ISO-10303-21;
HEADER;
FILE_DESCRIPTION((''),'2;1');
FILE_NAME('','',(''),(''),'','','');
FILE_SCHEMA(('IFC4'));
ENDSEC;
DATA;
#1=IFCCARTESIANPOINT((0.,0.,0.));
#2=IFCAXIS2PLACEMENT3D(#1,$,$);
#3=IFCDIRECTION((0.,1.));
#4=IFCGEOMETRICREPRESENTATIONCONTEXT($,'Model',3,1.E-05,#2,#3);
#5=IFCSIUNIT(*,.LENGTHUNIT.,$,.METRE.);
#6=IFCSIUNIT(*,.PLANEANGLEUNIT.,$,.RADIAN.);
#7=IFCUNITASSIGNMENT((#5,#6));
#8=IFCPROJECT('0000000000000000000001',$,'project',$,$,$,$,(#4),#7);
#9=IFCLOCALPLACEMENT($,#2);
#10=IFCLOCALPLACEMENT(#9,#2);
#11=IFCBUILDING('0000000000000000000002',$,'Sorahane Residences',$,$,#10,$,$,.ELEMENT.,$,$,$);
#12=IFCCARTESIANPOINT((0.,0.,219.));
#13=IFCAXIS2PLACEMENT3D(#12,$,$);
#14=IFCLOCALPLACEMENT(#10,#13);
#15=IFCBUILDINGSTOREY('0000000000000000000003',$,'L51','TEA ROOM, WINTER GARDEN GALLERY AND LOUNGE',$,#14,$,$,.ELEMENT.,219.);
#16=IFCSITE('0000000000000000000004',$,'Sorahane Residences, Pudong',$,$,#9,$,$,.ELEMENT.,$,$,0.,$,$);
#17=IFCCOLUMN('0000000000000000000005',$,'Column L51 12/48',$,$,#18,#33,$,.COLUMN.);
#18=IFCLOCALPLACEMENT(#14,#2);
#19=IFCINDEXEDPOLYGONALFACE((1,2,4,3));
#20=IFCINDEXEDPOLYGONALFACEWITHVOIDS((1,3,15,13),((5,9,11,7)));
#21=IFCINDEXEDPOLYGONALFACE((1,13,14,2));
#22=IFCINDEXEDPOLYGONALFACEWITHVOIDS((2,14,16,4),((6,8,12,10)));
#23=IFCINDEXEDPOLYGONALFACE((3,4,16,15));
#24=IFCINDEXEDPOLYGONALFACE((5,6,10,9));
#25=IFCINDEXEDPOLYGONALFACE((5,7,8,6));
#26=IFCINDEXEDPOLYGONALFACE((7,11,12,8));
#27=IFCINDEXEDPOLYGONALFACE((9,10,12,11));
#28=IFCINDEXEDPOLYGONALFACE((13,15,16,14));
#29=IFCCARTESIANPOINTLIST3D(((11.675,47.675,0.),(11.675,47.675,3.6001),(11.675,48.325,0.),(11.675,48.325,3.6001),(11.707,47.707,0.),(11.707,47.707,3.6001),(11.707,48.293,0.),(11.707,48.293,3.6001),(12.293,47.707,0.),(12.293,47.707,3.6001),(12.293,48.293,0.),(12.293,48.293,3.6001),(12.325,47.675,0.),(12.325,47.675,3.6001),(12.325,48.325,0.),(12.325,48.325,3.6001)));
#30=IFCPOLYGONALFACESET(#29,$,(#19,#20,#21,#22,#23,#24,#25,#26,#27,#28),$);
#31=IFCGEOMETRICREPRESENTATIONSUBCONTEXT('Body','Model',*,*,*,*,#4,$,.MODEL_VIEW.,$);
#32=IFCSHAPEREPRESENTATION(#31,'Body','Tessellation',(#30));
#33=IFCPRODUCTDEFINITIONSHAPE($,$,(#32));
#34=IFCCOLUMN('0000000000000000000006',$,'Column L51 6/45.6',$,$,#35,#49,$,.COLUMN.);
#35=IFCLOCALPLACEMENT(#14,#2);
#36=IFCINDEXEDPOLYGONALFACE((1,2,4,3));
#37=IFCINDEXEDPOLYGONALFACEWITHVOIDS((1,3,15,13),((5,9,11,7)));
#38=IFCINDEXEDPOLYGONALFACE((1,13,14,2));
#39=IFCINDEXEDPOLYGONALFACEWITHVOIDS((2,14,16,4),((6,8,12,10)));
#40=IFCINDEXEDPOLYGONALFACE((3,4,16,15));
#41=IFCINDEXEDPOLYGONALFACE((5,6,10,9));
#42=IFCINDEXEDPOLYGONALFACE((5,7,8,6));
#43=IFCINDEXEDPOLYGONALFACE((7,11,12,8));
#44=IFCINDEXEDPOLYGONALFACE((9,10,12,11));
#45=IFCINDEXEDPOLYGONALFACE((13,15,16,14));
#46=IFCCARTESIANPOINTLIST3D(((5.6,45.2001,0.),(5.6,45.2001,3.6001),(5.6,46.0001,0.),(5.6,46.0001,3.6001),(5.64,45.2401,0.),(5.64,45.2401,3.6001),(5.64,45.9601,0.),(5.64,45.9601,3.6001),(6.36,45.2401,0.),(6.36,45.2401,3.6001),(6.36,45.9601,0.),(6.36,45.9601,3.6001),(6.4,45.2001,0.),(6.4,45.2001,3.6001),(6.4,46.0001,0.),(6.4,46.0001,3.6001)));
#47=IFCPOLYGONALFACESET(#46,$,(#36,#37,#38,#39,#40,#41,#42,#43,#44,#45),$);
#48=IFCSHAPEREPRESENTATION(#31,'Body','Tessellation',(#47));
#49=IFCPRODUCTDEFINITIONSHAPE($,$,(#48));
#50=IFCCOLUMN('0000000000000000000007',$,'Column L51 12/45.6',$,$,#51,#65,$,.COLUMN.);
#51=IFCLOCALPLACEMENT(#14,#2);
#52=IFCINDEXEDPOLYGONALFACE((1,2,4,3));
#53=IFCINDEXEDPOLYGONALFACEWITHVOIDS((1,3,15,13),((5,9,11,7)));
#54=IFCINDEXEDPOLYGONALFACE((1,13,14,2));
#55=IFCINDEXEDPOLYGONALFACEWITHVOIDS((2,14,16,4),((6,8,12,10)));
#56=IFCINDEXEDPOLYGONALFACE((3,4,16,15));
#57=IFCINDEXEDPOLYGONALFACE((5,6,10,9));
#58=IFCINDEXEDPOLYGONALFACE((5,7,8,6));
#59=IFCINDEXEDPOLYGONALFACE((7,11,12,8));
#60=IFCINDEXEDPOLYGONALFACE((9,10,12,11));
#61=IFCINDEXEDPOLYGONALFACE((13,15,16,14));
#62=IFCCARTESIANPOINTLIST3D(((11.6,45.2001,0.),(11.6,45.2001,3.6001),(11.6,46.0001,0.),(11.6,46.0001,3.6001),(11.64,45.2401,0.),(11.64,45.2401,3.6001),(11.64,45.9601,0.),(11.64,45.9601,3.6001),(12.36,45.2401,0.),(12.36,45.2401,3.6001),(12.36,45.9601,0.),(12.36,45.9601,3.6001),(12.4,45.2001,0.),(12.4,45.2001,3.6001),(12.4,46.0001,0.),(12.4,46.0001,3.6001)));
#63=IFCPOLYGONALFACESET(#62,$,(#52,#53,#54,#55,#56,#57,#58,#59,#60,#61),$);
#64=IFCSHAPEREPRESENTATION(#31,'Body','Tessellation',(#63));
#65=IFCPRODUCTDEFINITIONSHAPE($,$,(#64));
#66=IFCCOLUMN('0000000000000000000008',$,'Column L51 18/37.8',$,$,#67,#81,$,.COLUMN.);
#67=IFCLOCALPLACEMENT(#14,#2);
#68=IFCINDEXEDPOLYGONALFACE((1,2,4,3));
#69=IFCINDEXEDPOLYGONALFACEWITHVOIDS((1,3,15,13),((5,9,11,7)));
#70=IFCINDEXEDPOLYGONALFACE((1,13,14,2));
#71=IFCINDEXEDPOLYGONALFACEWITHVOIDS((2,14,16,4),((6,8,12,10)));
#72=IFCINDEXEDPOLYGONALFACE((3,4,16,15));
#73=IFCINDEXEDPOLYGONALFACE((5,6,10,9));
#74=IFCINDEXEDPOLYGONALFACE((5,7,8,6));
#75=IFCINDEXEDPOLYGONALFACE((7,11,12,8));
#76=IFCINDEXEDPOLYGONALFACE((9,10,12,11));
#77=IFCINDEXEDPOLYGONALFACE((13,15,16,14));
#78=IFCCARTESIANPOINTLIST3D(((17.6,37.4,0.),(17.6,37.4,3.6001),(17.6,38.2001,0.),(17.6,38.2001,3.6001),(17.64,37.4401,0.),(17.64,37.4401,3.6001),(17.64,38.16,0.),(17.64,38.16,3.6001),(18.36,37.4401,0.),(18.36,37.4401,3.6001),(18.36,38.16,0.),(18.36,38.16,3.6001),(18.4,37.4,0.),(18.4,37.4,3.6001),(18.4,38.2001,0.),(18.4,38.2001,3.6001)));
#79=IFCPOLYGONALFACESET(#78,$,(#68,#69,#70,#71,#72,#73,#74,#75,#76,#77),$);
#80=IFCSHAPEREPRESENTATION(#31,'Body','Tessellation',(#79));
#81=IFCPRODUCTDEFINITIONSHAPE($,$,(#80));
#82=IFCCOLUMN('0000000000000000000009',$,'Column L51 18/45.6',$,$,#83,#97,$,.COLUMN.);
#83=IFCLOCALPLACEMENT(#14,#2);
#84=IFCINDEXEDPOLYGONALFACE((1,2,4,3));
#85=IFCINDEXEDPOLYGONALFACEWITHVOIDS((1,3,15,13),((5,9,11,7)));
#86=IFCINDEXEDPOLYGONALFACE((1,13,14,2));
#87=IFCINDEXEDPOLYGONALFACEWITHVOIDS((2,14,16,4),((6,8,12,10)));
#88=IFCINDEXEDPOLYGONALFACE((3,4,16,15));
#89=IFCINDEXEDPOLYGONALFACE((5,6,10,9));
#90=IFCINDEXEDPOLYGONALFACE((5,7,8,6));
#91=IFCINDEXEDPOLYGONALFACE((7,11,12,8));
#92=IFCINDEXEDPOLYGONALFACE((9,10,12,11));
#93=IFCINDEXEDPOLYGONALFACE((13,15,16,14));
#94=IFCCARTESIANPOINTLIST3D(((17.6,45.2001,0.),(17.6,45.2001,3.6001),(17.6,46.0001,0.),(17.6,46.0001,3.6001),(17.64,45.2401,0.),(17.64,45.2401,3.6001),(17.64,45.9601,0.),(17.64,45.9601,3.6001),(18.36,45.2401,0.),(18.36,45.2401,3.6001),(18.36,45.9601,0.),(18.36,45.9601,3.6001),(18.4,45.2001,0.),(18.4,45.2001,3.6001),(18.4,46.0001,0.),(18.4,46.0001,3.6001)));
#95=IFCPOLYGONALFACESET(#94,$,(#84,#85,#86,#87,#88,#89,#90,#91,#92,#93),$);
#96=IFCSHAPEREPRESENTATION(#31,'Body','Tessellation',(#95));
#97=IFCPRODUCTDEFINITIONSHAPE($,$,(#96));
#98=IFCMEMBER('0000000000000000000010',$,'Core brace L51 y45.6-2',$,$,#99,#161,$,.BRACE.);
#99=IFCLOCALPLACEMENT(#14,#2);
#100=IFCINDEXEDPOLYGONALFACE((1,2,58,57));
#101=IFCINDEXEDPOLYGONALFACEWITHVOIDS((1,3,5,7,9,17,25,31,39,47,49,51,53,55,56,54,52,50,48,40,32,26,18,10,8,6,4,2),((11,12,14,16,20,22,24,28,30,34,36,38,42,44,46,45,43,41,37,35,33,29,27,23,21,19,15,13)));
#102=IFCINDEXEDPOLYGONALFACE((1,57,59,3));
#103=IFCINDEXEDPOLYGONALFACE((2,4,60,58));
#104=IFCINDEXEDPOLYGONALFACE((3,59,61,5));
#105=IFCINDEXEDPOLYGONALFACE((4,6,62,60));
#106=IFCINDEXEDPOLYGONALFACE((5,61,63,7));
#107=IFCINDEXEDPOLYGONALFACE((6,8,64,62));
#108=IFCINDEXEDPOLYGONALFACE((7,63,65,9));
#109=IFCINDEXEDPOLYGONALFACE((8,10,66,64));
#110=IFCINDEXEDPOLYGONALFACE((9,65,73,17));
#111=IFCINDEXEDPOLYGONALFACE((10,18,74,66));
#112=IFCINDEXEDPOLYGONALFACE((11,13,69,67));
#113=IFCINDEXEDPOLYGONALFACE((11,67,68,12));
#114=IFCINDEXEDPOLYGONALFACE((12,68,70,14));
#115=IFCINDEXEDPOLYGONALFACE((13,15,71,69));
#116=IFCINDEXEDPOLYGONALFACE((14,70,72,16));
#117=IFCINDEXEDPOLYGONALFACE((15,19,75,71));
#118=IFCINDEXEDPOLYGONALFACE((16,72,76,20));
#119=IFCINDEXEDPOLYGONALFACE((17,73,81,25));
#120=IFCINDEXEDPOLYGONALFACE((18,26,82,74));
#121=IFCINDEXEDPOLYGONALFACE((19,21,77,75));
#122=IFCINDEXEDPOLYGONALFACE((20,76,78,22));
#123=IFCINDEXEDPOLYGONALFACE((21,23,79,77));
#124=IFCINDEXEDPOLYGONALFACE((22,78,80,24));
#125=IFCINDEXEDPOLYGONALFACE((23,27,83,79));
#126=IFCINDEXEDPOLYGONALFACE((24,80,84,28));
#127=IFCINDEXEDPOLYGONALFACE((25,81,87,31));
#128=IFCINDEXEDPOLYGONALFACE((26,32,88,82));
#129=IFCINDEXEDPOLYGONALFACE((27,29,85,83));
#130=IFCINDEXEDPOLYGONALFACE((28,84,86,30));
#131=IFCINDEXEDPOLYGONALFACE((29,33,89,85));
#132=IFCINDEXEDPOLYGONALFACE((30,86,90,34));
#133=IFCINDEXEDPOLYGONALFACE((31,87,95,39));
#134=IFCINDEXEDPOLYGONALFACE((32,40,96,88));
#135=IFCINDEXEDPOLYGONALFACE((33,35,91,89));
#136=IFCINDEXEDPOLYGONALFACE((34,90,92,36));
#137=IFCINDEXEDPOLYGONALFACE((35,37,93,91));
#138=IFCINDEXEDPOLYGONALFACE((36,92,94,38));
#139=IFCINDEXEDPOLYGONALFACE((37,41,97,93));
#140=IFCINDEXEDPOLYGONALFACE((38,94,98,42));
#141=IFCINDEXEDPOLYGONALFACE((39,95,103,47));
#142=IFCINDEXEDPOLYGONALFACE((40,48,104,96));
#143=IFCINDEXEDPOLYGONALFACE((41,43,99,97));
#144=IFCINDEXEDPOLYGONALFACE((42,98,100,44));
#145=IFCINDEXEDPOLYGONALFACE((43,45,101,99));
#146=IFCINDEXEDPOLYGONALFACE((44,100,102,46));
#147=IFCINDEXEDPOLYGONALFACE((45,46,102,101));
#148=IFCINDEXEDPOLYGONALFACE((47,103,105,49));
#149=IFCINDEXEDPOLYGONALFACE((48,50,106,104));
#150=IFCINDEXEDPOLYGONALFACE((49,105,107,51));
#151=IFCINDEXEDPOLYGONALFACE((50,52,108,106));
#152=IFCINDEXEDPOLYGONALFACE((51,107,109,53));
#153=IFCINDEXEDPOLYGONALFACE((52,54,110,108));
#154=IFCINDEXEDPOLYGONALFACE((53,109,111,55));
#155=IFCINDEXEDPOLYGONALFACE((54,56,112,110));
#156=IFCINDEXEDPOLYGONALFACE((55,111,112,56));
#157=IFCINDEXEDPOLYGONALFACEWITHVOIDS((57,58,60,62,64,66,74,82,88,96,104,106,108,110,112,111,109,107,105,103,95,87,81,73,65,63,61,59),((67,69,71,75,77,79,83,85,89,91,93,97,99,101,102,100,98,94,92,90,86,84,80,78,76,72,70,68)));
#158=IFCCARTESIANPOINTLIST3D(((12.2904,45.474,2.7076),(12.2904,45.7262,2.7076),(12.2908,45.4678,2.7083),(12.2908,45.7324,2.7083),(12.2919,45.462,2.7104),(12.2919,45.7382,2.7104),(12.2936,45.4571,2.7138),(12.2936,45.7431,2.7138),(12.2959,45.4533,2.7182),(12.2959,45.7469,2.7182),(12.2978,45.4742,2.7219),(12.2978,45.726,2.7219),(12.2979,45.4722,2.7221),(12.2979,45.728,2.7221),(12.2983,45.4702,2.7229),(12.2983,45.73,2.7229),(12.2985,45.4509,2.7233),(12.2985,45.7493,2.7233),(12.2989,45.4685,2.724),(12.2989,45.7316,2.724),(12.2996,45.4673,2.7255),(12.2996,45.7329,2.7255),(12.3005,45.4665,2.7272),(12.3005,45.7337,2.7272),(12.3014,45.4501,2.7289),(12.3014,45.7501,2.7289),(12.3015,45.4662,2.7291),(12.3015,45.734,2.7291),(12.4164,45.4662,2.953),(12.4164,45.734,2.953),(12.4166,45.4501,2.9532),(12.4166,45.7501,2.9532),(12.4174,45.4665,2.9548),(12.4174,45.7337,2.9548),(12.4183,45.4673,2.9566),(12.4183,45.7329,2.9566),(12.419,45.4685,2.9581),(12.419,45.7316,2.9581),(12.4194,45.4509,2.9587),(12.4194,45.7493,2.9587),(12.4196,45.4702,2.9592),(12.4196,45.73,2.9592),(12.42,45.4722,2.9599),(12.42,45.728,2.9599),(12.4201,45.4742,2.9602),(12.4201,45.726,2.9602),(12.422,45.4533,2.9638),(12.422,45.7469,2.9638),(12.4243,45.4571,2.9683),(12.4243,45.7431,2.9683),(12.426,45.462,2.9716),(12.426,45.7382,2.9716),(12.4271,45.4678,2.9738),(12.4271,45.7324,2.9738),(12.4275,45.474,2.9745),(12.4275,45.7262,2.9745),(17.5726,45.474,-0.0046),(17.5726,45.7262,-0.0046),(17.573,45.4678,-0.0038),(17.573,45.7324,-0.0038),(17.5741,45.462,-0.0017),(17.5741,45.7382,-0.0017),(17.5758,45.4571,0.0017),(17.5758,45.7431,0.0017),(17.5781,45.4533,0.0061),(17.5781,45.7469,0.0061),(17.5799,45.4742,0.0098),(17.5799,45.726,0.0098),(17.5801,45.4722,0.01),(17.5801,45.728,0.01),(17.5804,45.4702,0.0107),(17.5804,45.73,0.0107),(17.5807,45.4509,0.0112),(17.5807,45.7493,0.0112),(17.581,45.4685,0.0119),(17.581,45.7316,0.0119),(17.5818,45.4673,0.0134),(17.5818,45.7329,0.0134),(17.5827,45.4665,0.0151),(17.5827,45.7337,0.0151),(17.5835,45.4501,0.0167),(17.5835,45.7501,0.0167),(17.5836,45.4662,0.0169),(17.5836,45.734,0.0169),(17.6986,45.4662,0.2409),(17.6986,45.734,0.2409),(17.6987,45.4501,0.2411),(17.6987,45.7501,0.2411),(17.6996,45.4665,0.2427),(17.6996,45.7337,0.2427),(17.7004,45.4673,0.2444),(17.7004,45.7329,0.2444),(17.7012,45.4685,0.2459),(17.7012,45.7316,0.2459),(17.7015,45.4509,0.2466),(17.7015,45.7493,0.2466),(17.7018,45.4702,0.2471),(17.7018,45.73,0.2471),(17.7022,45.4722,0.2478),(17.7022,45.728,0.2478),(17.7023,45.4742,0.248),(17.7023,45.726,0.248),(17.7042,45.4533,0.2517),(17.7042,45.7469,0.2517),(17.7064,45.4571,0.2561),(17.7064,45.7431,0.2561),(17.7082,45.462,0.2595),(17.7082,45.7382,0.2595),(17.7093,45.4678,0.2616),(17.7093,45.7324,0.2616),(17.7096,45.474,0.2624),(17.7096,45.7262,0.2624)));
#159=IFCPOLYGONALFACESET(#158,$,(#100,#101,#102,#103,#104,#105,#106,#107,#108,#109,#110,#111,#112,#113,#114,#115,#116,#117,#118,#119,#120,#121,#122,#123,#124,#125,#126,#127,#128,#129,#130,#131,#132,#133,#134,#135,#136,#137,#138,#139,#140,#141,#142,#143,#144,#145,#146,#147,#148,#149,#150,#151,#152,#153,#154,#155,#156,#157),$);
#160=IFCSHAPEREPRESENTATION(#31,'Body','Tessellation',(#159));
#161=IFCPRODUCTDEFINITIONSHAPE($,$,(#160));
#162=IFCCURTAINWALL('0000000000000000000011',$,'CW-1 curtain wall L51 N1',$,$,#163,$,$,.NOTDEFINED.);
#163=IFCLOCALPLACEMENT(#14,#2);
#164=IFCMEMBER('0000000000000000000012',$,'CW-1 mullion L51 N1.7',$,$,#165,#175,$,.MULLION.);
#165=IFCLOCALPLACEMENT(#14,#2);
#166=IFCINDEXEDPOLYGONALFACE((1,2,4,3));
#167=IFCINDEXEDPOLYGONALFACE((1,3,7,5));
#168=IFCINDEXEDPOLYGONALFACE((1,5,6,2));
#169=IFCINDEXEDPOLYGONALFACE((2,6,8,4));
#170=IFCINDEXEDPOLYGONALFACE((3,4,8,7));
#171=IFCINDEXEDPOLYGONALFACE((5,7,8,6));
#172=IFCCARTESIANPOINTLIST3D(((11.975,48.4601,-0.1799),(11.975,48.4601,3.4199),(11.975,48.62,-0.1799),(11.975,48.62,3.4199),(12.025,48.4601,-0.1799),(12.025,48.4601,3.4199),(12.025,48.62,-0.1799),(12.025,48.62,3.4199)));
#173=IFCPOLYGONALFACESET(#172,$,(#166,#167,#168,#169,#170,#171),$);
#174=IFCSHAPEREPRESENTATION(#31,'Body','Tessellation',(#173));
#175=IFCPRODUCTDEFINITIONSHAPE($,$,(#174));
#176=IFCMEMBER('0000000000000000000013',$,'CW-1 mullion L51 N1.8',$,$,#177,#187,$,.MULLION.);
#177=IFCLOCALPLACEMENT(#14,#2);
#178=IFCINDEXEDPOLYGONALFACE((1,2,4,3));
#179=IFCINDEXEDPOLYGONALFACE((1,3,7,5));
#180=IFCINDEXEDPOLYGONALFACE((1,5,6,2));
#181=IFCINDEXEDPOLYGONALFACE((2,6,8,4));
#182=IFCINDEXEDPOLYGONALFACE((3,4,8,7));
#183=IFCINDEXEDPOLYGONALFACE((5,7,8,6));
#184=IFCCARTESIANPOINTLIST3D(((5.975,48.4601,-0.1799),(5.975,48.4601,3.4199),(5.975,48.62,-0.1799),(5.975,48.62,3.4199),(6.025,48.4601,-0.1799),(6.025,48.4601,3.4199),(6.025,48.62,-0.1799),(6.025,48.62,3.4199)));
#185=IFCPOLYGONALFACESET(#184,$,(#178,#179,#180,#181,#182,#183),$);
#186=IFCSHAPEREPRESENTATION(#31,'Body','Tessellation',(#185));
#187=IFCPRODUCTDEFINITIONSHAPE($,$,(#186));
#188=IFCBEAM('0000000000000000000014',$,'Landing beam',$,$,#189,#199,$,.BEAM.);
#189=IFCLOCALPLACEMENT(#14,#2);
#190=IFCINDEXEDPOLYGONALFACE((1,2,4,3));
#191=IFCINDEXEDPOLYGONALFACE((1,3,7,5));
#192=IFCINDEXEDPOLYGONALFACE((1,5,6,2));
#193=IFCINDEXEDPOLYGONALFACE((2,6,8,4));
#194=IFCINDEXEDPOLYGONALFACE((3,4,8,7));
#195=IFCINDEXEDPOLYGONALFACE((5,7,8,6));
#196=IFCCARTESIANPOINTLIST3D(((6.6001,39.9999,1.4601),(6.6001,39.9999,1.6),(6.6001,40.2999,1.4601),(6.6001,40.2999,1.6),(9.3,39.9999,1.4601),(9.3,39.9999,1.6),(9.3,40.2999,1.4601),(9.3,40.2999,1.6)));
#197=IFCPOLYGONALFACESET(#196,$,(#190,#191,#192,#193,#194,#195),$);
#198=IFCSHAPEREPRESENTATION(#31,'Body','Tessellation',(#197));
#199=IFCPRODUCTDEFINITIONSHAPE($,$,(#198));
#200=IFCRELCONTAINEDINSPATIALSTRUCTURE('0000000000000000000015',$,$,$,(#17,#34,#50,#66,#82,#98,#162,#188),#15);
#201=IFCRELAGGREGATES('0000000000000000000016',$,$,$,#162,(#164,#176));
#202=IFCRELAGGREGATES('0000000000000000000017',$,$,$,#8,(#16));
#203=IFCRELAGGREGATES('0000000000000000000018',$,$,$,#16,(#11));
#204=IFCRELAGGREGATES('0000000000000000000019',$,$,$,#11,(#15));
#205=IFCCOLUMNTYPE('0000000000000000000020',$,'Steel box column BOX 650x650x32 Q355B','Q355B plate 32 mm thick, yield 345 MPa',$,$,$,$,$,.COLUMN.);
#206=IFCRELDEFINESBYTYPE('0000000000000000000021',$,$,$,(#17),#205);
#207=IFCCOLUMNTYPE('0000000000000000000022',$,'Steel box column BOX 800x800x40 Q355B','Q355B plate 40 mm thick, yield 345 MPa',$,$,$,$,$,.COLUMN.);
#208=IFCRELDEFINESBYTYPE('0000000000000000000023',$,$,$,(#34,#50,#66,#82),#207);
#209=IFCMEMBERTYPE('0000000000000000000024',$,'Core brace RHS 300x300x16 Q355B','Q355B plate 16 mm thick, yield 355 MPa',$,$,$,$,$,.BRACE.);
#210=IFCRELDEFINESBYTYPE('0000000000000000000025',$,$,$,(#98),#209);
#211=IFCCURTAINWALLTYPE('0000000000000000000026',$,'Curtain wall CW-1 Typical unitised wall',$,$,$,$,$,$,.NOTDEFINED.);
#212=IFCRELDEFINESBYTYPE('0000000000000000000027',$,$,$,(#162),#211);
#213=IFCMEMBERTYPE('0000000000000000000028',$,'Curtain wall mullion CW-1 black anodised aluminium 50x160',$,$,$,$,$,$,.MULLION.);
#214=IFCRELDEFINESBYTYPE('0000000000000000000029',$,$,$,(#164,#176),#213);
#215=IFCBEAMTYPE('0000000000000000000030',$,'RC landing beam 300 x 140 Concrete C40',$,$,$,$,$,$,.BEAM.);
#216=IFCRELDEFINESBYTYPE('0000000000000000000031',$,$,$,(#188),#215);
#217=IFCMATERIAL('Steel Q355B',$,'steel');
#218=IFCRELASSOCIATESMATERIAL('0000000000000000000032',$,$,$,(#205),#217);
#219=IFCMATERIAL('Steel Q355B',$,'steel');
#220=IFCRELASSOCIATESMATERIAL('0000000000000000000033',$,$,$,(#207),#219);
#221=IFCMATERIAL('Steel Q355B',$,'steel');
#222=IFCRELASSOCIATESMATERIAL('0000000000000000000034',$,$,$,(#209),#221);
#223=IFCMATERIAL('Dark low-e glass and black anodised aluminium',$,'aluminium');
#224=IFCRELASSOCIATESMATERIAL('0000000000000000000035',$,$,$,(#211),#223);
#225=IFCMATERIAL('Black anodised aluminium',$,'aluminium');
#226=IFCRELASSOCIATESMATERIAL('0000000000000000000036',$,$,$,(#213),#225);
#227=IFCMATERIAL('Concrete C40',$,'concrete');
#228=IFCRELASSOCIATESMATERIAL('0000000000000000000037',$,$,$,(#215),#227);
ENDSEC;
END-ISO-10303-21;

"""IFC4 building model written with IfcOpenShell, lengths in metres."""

from ifc_helpers import new_model, si_unit, direction, frame, origin, origin_2d, place, context, subcontext, project, spatial, rectangle, hollow_rectangle, extrude, material, material_profile, profile_set, type_object, element, aggregate, save


model = new_model("IFC4")

# Units and contexts
model_context = context("Model", 3, precision=1e-05, world=origin(), true_north=direction((0.0, 1.0)))
body_context = subcontext(model_context, "Body", "Model", "MODEL_VIEW")
ifc_project = project(units=[si_unit("LENGTHUNIT", "METRE"), si_unit("PLANEANGLEUNIT", "RADIAN")], contexts=[model_context])

# Site, building, storey
site_placement = place(None, origin())
site = spatial("IfcSite", under=ifc_project, at=site_placement, Name="Sorahane Residences, Pudong", CompositionType="ELEMENT", RefElevation=0.0)
building_placement = place(site_placement, origin())
building = spatial("IfcBuilding", under=site, at=building_placement, Name="Sorahane Residences", CompositionType="ELEMENT")
storey_placement = place(building_placement, frame((0.0, 0.0, 219.0)))
storey = spatial("IfcBuildingStorey", under=building, at=storey_placement, Name="L51", Description="TEA ROOM, WINTER GARDEN GALLERY AND LOUNGE", CompositionType="ELEMENT", Elevation=219.0)

# Columns
ifc_material_1 = material(Name="Steel Q355B", Category="steel")
ifc_material_profile_1 = material_profile(ifc_material_1, hollow_rectangle(XDim=0.6499, YDim=0.6499, WallThickness=0.032, at=origin_2d()), Name="BOX 650x650x32")
ifc_profile_set_1 = profile_set([ifc_material_profile_1], Name="Steel Q355B")
column_type_1 = type_object("IfcColumnType", Name="Steel box column BOX 650x650x32 Q355B", Description="Q355B plate 32 mm thick, yield 345 MPa", PredefinedType="COLUMN", material=ifc_profile_set_1)
column_placement = place(storey_placement, frame((12.0, 48.0, 0.0), z_axis=(0.0, 0.0, 1.0), x_axis=(1.0, 0.0, 0.0)))
element("IfcColumn", 1, at=column_placement, inside=storey, type_object=column_type_1, Name="Column L51 12/48", PredefinedType="COLUMN", context=body_context, shape_type="SweptSolid", body=[
    extrude(hollow_rectangle(XDim=0.6499, YDim=0.6499, WallThickness=0.032, at=origin_2d()), origin(), (0.0, 0.0, 1.0), 3.6001),
])
ifc_material_2 = material(Name="Steel Q355B", Category="steel")
ifc_material_profile_2 = material_profile(ifc_material_2, hollow_rectangle(XDim=0.8, YDim=0.8, WallThickness=0.04, at=origin_2d()), Name="BOX 800x800x40")
ifc_profile_set_2 = profile_set([ifc_material_profile_2], Name="Steel Q355B")
column_type_2 = type_object("IfcColumnType", Name="Steel box column BOX 800x800x40 Q355B", Description="Q355B plate 40 mm thick, yield 345 MPa", PredefinedType="COLUMN", material=ifc_profile_set_2)
for number, where, z_axis, x_axis, name in (
    (2, (6.0, 45.6001, 0.0), (0.0, 0.0, 1.0), (1.0, 0.0, 0.0), "Column L51 6/45.6"),
    (3, (12.0, 45.6001, 0.0), (0.0, 0.0, 1.0), (1.0, 0.0, 0.0), "Column L51 12/45.6"),
    (4, (18.0, 37.8, 0.0), (0.0, 0.0, 1.0), (1.0, 0.0, 0.0), "Column L51 18/37.8"),
    (5, (18.0, 45.6001, 0.0), (0.0, 0.0, 1.0), (1.0, 0.0, 0.0), "Column L51 18/45.6"),
):
    element("IfcColumn", number, at=place(storey_placement, frame(where, z_axis=z_axis, x_axis=x_axis)), inside=storey, type_object=column_type_2, Name=name, PredefinedType="COLUMN", context=body_context, shape_type="SweptSolid", body=[
        extrude(hollow_rectangle(XDim=0.8, YDim=0.8, WallThickness=0.04, at=origin_2d()), origin(), (0.0, 0.0, 1.0), 3.6001),
    ])

# Member
ifc_material_3 = material(Name="Steel Q355B", Category="steel")
ifc_material_profile_3 = material_profile(ifc_material_3, hollow_rectangle(XDim=0.3, YDim=0.3, WallThickness=0.0161, InnerFilletRadius=0.0081, OuterFilletRadius=0.0239, at=origin_2d()), Name="RHS 300x300x16")
ifc_profile_set_3 = profile_set([ifc_material_profile_3], Name="Steel Q355B")
member_type_1 = type_object("IfcMemberType", Name="Core brace RHS 300x300x16 Q355B", Description="Q355B plate 16 mm thick, yield 355 MPa", PredefinedType="BRACE", material=ifc_profile_set_3)
member_1_placement = place(storey_placement, frame((17.6411, 45.6001, 0.1289), z_axis=(-0.88959, 0.0, 0.45676), x_axis=(0.0, -1.0, 0.0)))
element("IfcMember", 6, at=member_1_placement, inside=storey, type_object=member_type_1, Name="Core brace L51 y45.6-2", PredefinedType="BRACE", context=body_context, shape_type="SweptSolid", body=[
    extrude(hollow_rectangle(XDim=0.3, YDim=0.3, WallThickness=0.0161, InnerFilletRadius=0.0081, OuterFilletRadius=0.0239, at=origin_2d()), origin(), (0.0, 0.0, 1.0), 5.9377),
])

# Curtain wall, members
ifc_material_4 = material(Name="Dark low-e glass and black anodised aluminium", Category="aluminium")
curtain_wall_type = type_object("IfcCurtainWallType", Name="Curtain wall CW-1 Typical unitised wall", PredefinedType="NOTDEFINED", material=ifc_material_4)
curtain_wall_placement = place(storey_placement, origin())
curtain_wall = element("IfcCurtainWall", 7, at=curtain_wall_placement, inside=storey, type_object=curtain_wall_type, Name="CW-1 curtain wall L51 N1", PredefinedType="NOTDEFINED")
ifc_material_5 = material(Name="Black anodised aluminium", Category="aluminium")
ifc_material_profile_4 = material_profile(ifc_material_5, rectangle(XDim=0.1599, YDim=0.05, at=origin_2d()), Name="Curtain wall mullion CW-1 black anodised aluminium 50x160")
ifc_profile_set_4 = profile_set([ifc_material_profile_4], Name="Black anodised aluminium")
member_type_2 = type_object("IfcMemberType", Name="Curtain wall mullion CW-1 black anodised aluminium 50x160", PredefinedType="MULLION", material=ifc_profile_set_4)
member_2_placement = place(storey_placement, frame((12.0, 48.54, -0.1799), z_axis=(0.0, 0.0, 1.0), x_axis=(0.0, 1.0, 0.0)))
member_2 = element("IfcMember", 8, at=member_2_placement, type_object=member_type_2, Name="CW-1 mullion L51 N1.7", PredefinedType="MULLION", context=body_context, shape_type="SweptSolid", body=[
    extrude(rectangle(XDim=0.1599, YDim=0.05, at=origin_2d()), origin(), (0.0, 0.0, 1.0), 3.5999),
])
member_3_placement = place(storey_placement, frame((6.0, 48.54, -0.1799), z_axis=(0.0, 0.0, 1.0), x_axis=(0.0, 1.0, 0.0)))
member_3 = element("IfcMember", 9, at=member_3_placement, type_object=member_type_2, Name="CW-1 mullion L51 N1.8", PredefinedType="MULLION", context=body_context, shape_type="SweptSolid", body=[
    extrude(rectangle(XDim=0.1599, YDim=0.05, at=origin_2d()), origin(), (0.0, 0.0, 1.0), 3.5999),
])

# Beam
ifc_material_6 = material(Name="Concrete C40", Category="concrete")
ifc_material_profile_5 = material_profile(ifc_material_6, rectangle(XDim=0.3, YDim=0.1399, at=origin_2d()), Name="300x140")
ifc_profile_set_5 = profile_set([ifc_material_profile_5], Name="Concrete C40")
beam_type_1 = type_object("IfcBeamType", Name="RC landing beam 300 x 140 Concrete C40", PredefinedType="BEAM", material=ifc_profile_set_5)
beam_1_placement = place(storey_placement, frame((6.6001, 40.1499, 1.53), z_axis=(1.0, 0.0, 0.0), x_axis=(0.0, 1.0, 0.0)))
element("IfcBeam", 10, at=beam_1_placement, inside=storey, type_object=beam_type_1, Name="Landing beam", PredefinedType="BEAM", context=body_context, shape_type="SweptSolid", body=[
    extrude(rectangle(XDim=0.3, YDim=0.1399, at=origin_2d()), origin(), (0.0, 0.0, 1.0), 2.7),
])

aggregate(curtain_wall, [member_2, member_3])

save(model, "model.ifc")
